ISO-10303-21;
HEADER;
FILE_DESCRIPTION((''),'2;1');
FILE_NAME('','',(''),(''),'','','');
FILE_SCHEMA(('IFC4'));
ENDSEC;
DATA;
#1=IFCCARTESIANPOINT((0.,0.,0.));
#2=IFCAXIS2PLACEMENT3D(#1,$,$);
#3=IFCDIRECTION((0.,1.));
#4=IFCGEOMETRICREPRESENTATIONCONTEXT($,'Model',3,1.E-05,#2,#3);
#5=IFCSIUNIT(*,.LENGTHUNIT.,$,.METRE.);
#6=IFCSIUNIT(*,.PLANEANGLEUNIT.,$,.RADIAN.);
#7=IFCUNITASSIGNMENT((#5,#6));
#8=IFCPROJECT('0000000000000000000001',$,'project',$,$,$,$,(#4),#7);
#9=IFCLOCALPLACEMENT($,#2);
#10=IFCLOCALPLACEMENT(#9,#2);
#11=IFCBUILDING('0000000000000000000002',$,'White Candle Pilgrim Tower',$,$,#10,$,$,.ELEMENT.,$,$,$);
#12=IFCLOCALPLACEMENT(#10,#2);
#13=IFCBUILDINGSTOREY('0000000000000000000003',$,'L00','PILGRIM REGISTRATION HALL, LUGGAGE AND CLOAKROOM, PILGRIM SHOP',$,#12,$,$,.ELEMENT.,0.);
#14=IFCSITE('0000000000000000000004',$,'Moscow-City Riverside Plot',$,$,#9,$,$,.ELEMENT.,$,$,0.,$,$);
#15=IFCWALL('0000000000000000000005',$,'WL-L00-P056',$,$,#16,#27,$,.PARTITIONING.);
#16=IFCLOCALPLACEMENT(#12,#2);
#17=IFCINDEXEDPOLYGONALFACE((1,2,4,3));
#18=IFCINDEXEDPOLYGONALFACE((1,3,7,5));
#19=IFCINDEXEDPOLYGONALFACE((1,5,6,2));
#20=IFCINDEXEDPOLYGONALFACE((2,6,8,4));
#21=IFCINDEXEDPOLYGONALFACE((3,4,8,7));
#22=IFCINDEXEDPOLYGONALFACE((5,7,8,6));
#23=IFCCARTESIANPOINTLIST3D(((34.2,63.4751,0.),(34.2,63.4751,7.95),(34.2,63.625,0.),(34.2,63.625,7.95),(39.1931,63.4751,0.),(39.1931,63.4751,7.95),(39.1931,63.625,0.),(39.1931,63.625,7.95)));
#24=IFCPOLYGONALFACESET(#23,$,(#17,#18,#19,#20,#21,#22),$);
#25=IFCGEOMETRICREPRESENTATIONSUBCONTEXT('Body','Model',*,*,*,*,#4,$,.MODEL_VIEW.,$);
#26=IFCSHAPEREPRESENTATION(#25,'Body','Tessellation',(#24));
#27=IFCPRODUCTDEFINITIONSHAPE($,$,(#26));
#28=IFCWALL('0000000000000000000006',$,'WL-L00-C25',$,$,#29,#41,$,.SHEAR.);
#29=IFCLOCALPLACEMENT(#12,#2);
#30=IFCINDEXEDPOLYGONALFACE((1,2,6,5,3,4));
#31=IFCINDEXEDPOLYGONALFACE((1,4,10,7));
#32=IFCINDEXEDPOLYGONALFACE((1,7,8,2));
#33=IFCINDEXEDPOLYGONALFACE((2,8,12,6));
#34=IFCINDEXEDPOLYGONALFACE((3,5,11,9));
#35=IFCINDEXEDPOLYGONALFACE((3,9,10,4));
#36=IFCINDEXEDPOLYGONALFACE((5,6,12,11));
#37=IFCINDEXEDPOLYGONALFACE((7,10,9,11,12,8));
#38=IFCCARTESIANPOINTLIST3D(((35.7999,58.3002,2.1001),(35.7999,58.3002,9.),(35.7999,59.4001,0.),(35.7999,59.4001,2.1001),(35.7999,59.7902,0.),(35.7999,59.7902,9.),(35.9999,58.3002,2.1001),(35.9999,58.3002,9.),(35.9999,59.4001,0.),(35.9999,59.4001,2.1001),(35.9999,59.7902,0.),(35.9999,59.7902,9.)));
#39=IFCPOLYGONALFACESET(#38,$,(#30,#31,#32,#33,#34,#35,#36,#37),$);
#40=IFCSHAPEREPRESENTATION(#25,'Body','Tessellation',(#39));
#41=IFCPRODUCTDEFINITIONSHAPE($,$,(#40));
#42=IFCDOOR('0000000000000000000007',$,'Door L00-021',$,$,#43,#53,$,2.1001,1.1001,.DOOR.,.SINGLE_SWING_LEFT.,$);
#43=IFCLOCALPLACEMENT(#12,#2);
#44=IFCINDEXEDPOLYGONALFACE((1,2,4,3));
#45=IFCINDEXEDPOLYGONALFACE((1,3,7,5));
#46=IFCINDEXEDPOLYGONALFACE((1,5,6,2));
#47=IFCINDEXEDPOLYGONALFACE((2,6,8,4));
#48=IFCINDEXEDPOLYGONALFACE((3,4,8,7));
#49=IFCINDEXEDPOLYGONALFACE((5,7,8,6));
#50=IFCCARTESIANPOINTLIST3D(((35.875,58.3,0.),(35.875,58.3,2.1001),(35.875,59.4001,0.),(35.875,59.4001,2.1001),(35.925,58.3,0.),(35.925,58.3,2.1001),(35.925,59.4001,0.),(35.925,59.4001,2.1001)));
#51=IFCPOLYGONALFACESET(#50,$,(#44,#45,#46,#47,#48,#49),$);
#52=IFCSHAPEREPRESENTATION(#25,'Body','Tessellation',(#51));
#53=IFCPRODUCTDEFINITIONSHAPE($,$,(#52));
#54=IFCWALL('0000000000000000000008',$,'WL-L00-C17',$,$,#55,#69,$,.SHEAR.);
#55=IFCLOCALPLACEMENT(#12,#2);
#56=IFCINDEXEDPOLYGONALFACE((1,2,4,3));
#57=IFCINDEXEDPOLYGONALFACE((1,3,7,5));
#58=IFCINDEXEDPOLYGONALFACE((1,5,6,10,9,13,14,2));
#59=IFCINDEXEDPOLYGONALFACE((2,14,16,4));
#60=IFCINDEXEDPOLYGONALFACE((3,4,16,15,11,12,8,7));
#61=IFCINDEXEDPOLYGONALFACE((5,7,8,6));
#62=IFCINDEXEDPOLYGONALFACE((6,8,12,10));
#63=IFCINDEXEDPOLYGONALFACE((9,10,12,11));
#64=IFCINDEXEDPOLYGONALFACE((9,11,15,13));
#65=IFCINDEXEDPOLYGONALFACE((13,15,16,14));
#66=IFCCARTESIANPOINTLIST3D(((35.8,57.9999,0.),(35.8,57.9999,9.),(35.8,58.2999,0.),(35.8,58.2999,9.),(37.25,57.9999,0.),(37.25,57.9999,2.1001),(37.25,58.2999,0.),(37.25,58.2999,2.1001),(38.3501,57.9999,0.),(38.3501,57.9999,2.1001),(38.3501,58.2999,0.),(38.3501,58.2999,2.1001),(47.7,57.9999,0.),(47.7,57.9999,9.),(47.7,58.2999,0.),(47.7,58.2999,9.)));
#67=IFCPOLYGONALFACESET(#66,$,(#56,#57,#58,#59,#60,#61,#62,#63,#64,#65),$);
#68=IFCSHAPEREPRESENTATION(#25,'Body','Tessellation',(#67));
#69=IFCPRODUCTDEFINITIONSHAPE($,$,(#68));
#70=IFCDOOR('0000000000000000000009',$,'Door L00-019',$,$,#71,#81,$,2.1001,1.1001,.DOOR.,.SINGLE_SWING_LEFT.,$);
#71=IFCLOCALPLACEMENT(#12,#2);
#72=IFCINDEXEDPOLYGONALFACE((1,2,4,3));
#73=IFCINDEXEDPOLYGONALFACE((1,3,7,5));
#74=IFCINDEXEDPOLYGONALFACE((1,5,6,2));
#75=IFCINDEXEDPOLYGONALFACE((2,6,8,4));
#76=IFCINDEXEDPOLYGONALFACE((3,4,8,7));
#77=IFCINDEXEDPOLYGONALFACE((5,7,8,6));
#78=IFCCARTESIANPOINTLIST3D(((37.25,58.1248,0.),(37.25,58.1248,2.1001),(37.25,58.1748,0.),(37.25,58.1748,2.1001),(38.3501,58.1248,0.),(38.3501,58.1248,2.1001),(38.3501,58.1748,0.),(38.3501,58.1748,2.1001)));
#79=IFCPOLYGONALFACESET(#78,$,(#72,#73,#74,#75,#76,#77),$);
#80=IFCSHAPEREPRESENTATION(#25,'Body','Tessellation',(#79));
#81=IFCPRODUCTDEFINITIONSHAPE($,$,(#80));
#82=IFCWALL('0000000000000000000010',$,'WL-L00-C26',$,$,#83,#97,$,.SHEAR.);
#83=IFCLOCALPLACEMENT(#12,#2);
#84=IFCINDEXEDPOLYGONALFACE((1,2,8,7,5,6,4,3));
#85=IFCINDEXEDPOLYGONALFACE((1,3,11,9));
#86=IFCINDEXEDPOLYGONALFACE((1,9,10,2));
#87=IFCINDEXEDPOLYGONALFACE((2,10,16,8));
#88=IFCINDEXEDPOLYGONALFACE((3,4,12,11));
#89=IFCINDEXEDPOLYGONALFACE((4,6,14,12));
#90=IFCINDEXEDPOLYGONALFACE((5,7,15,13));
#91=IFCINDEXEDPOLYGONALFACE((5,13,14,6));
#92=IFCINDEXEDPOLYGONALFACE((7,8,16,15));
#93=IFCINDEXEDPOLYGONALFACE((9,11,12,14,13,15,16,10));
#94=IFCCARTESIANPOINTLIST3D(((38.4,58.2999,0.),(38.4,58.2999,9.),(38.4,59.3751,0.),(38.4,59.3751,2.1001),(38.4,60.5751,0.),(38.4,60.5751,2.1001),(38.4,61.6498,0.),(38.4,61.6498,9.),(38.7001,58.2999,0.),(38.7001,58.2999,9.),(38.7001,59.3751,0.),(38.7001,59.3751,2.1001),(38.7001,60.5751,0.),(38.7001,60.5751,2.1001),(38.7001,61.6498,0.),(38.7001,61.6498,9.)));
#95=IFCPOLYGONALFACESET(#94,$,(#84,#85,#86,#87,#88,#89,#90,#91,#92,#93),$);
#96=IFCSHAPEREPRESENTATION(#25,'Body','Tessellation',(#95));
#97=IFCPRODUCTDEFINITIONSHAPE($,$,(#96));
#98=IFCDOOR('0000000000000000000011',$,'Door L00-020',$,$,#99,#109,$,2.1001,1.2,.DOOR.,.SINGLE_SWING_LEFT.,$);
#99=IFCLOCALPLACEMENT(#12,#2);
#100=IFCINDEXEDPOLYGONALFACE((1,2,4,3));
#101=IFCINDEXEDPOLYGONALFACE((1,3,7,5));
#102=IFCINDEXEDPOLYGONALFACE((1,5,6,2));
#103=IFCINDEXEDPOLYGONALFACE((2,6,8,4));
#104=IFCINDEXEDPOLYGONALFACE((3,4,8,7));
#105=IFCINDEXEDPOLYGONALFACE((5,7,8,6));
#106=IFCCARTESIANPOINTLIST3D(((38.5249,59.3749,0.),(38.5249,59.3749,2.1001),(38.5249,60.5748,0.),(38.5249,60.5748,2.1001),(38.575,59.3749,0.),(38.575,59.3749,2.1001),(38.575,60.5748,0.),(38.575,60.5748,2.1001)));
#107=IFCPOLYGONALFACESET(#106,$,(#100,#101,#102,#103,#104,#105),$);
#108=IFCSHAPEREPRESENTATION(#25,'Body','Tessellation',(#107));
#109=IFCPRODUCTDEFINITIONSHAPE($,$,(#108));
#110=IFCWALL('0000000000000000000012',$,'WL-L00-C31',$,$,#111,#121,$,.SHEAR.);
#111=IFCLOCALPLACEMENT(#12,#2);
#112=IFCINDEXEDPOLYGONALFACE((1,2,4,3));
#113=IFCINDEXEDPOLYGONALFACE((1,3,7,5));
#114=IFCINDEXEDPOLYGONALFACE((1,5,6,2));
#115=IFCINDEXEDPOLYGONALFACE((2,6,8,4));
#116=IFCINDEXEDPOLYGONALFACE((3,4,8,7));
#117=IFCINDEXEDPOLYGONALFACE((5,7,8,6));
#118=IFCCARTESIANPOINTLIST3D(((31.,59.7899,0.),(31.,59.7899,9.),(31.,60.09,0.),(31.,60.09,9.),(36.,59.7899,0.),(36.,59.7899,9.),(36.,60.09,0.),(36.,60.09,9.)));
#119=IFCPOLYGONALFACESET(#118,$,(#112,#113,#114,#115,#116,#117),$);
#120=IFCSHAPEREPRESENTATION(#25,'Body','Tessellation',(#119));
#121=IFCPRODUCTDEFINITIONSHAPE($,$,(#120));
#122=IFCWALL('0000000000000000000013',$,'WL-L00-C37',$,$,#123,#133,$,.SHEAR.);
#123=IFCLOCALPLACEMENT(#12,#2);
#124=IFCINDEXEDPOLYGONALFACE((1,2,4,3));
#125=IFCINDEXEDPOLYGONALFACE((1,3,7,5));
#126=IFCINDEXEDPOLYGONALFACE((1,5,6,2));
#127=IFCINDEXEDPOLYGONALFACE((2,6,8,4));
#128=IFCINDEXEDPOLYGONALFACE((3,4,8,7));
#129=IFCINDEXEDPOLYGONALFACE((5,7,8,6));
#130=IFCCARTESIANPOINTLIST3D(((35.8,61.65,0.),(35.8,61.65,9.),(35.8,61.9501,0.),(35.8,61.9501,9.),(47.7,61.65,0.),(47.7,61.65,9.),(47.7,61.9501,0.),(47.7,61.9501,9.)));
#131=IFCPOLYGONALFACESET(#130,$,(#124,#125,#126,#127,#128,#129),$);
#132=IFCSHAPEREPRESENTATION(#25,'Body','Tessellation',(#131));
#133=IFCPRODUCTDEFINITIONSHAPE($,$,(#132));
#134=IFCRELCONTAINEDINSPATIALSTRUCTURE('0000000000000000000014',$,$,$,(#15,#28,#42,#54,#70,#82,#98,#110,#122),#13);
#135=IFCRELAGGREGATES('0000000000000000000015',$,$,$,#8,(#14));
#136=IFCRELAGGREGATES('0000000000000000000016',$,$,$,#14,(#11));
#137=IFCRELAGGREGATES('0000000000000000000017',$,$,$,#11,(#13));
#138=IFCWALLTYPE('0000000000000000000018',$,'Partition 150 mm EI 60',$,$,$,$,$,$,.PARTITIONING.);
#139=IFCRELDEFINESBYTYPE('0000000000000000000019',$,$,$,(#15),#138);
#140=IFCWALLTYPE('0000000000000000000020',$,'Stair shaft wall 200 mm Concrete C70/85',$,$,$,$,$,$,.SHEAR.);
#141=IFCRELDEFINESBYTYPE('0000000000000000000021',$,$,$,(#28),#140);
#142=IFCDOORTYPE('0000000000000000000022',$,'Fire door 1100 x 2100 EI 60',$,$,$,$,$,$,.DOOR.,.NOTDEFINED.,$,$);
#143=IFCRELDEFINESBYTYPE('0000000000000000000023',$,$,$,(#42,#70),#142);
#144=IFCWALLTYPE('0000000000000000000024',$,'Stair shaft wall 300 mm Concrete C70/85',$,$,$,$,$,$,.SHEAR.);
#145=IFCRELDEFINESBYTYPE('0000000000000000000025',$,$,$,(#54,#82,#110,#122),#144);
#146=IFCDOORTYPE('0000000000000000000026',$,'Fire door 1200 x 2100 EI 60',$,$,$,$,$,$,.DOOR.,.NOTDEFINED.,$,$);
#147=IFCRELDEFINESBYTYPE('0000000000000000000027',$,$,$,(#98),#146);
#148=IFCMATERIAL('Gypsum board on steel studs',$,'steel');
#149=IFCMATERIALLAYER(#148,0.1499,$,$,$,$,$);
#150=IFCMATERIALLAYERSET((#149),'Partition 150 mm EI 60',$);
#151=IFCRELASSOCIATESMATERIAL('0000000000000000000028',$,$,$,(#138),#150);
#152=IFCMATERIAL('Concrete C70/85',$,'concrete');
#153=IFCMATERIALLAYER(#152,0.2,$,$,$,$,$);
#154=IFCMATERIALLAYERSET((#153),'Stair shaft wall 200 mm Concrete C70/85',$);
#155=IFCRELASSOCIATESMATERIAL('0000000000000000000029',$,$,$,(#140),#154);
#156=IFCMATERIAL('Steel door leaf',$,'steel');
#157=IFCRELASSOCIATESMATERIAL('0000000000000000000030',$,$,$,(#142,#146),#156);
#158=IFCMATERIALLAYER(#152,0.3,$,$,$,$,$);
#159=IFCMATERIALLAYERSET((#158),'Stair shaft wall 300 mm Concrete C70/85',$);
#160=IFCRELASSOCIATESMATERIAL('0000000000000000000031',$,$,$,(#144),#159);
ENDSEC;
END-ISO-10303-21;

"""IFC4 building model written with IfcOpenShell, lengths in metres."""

from ifc_helpers import new_model, si_unit, direction, frame, frame_2d, origin, place, context, subcontext, project, spatial, rectangle, extrude, material, layer, layer_set, type_object, element, fill, save


model = new_model("IFC4")

# Units and contexts
model_context = context("Model", 3, precision=1e-05, world=origin(), true_north=direction((0.0, 1.0)))
body_context = subcontext(model_context, "Body", "Model", "MODEL_VIEW")
ifc_project = project(units=[si_unit("LENGTHUNIT", "METRE"), si_unit("PLANEANGLEUNIT", "RADIAN")], contexts=[model_context])

# Site, building, storey
site_placement = place(None, origin())
site = spatial("IfcSite", under=ifc_project, at=site_placement, Name="Moscow-City Riverside Plot", CompositionType="ELEMENT", RefElevation=0.0)
building_placement = place(site_placement, origin())
building = spatial("IfcBuilding", under=site, at=building_placement, Name="White Candle Pilgrim Tower", CompositionType="ELEMENT")
storey_placement = place(building_placement, origin())
storey = spatial("IfcBuildingStorey", under=building, at=storey_placement, Name="L00", Description="PILGRIM REGISTRATION HALL, LUGGAGE AND CLOAKROOM, PILGRIM SHOP", CompositionType="ELEMENT", Elevation=0.0)

# Shared definitions
ifc_material_1 = material(Name="Concrete C70/85", Category="concrete")

# Shared definitions
ifc_material_2 = material(Name="Gypsum board on steel studs", Category="steel")
ifc_material_3 = material(Name="Steel door leaf", Category="steel")

# Wall
ifc_layer_1 = layer(ifc_material_2, 0.1499)
ifc_layer_set_1 = layer_set([ifc_layer_1], Name="Partition 150 mm EI 60")
wall_type_1 = type_object("IfcWallType", Name="Partition 150 mm EI 60", PredefinedType="PARTITIONING", material=ifc_layer_set_1)
wall_1_placement = place(storey_placement, frame((39.1931, 63.55, 0.0), z_axis=(0.0, 0.0, 1.0), x_axis=(-1.0, 0.0, 0.0)))
element("IfcWall", 1, at=wall_1_placement, inside=storey, type_object=wall_type_1, Name="WL-L00-P056", PredefinedType="PARTITIONING", context=body_context, shape_type="SweptSolid", body=[
    extrude(rectangle(XDim=4.9932, YDim=0.1499, at=frame_2d((2.4966, 0.0))), origin(), (0.0, 0.0, 1.0), 7.95),
])

# Walls, openings, doors
ifc_layer_2 = layer(ifc_material_1, 0.2)
ifc_layer_set_2 = layer_set([ifc_layer_2], Name="Stair shaft wall 200 mm Concrete C70/85")
wall_type_2 = type_object("IfcWallType", Name="Stair shaft wall 200 mm Concrete C70/85", PredefinedType="SHEAR", material=ifc_layer_set_2)
wall_2_placement = place(storey_placement, frame((35.8999, 58.3, 0.0), z_axis=(0.0, 0.0, 1.0), x_axis=(0.0, 1.0, 0.0)))
wall_2 = element("IfcWall", 2, at=wall_2_placement, inside=storey, type_object=wall_type_2, Name="WL-L00-C25", PredefinedType="SHEAR", context=body_context, shape_type="SweptSolid", body=[
    extrude(rectangle(XDim=1.49, YDim=0.2, at=frame_2d((0.7451, 0.0))), origin(), (0.0, 0.0, 1.0), 9.0),
])
opening_1_placement = place(wall_2_placement, origin())
opening_1 = element("IfcOpeningElement", 3, at=opening_1_placement, cuts=wall_2, PredefinedType="OPENING", context=body_context, shape_type="SweptSolid", body=[
    extrude(rectangle(XDim=1.1001, YDim=2.1001, at=frame_2d((0.55, 1.05))), frame((0.0, 0.1099, 0.0), z_axis=(0.0, -1.0, 0.0), x_axis=(1.0, 0.0, 0.0)), (0.0, 0.0, 1.0), 0.22),
])
door_type_1 = type_object("IfcDoorType", Name="Fire door 1100 x 2100 EI 60", OperationType="NOTDEFINED", PredefinedType="DOOR", material=ifc_material_3)
door_1_placement = place(opening_1_placement, origin())
door_1 = element("IfcDoor", 4, at=door_1_placement, inside=storey, type_object=door_type_1, Name="Door L00-021", OperationType="SINGLE_SWING_LEFT", OverallHeight=2.1001, OverallWidth=1.1001, PredefinedType="DOOR", context=body_context, shape_type="SweptSolid", body=[
    extrude(rectangle(XDim=1.1001, YDim=2.1001, at=frame_2d((0.55, 1.05))), frame((0.0, 0.0249, 0.0), z_axis=(0.0, -1.0, 0.0), x_axis=(1.0, 0.0, 0.0)), (0.0, 0.0, 1.0), 0.05),
])
fill(opening_1, door_1)
ifc_layer_3 = layer(ifc_material_1, 0.3)
ifc_layer_set_3 = layer_set([ifc_layer_3], Name="Stair shaft wall 300 mm Concrete C70/85")
wall_type_3 = type_object("IfcWallType", Name="Stair shaft wall 300 mm Concrete C70/85", PredefinedType="SHEAR", material=ifc_layer_set_3)
wall_3_placement = place(storey_placement, frame((35.8, 58.1499, 0.0), z_axis=(0.0, 0.0, 1.0), x_axis=(1.0, 0.0, 0.0)))
wall_3 = element("IfcWall", 5, at=wall_3_placement, inside=storey, type_object=wall_type_3, Name="WL-L00-C17", PredefinedType="SHEAR", context=body_context, shape_type="SweptSolid", body=[
    extrude(rectangle(XDim=11.8999, YDim=0.3, at=frame_2d((5.95, 0.0))), origin(), (0.0, 0.0, 1.0), 9.0),
])
opening_2_placement = place(wall_3_placement, frame((1.45, 0.0, 0.0)))
opening_2 = element("IfcOpeningElement", 6, at=opening_2_placement, cuts=wall_3, PredefinedType="OPENING", context=body_context, shape_type="SweptSolid", body=[
    extrude(rectangle(XDim=1.1001, YDim=2.1001, at=frame_2d((0.55, 1.05))), frame((0.0, 0.1599, 0.0), z_axis=(0.0, -1.0, 0.0), x_axis=(1.0, 0.0, 0.0)), (0.0, 0.0, 1.0), 0.3201),
])
door_2_placement = place(opening_2_placement, origin())
door_2 = element("IfcDoor", 7, at=door_2_placement, inside=storey, type_object=door_type_1, Name="Door L00-019", OperationType="SINGLE_SWING_LEFT", OverallHeight=2.1001, OverallWidth=1.1001, PredefinedType="DOOR", context=body_context, shape_type="SweptSolid", body=[
    extrude(rectangle(XDim=1.1001, YDim=2.1001, at=frame_2d((0.55, 1.05))), frame((0.0, 0.0249, 0.0), z_axis=(0.0, -1.0, 0.0), x_axis=(1.0, 0.0, 0.0)), (0.0, 0.0, 1.0), 0.05),
])
fill(opening_2, door_2)
wall_4_placement = place(storey_placement, frame((38.55, 58.3, 0.0), z_axis=(0.0, 0.0, 1.0), x_axis=(0.0, 1.0, 0.0)))
wall_4 = element("IfcWall", 8, at=wall_4_placement, inside=storey, type_object=wall_type_3, Name="WL-L00-C26", PredefinedType="SHEAR", context=body_context, shape_type="SweptSolid", body=[
    extrude(rectangle(XDim=3.3499, YDim=0.3, at=frame_2d((1.6748, 0.0))), origin(), (0.0, 0.0, 1.0), 9.0),
])
opening_3_placement = place(wall_4_placement, frame((1.075, 0.0, 0.0)))
opening_3 = element("IfcOpeningElement", 9, at=opening_3_placement, cuts=wall_4, PredefinedType="OPENING", context=body_context, shape_type="SweptSolid", body=[
    extrude(rectangle(XDim=1.2, YDim=2.1001, at=frame_2d((0.6001, 1.05))), frame((0.0, 0.1599, 0.0), z_axis=(0.0, -1.0, 0.0), x_axis=(1.0, 0.0, 0.0)), (0.0, 0.0, 1.0), 0.3201),
])
door_type_2 = type_object("IfcDoorType", Name="Fire door 1200 x 2100 EI 60", OperationType="NOTDEFINED", PredefinedType="DOOR", material=ifc_material_3)
door_3_placement = place(opening_3_placement, frame((1.2, 0.0, 0.0), z_axis=(0.0, 0.0, 1.0), x_axis=(-1.0, 0.0, 0.0)))
door_3 = element("IfcDoor", 10, at=door_3_placement, inside=storey, type_object=door_type_2, Name="Door L00-020", OperationType="SINGLE_SWING_LEFT", OverallHeight=2.1001, OverallWidth=1.2, PredefinedType="DOOR", context=body_context, shape_type="SweptSolid", body=[
    extrude(rectangle(XDim=1.2, YDim=2.1001, at=frame_2d((0.6001, 1.05))), frame((0.0, 0.0249, 0.0), z_axis=(0.0, -1.0, 0.0), x_axis=(1.0, 0.0, 0.0)), (0.0, 0.0, 1.0), 0.05),
])
fill(opening_3, door_3)

# Walls
wall_5_placement = place(storey_placement, frame((31.0, 59.9399, 0.0), z_axis=(0.0, 0.0, 1.0), x_axis=(1.0, 0.0, 0.0)))
element("IfcWall", 11, at=wall_5_placement, inside=storey, type_object=wall_type_3, Name="WL-L00-C31", PredefinedType="SHEAR", context=body_context, shape_type="SweptSolid", body=[
    extrude(rectangle(XDim=5.0, YDim=0.3, at=frame_2d((2.5, 0.0))), origin(), (0.0, 0.0, 1.0), 9.0),
])
wall_6_placement = place(storey_placement, frame((35.8, 61.8, 0.0), z_axis=(0.0, 0.0, 1.0), x_axis=(1.0, 0.0, 0.0)))
element("IfcWall", 12, at=wall_6_placement, inside=storey, type_object=wall_type_3, Name="WL-L00-C37", PredefinedType="SHEAR", context=body_context, shape_type="SweptSolid", body=[
    extrude(rectangle(XDim=11.8999, YDim=0.3, at=frame_2d((5.95, 0.0))), origin(), (0.0, 0.0, 1.0), 9.0),
])

save(model, "model.ifc")
